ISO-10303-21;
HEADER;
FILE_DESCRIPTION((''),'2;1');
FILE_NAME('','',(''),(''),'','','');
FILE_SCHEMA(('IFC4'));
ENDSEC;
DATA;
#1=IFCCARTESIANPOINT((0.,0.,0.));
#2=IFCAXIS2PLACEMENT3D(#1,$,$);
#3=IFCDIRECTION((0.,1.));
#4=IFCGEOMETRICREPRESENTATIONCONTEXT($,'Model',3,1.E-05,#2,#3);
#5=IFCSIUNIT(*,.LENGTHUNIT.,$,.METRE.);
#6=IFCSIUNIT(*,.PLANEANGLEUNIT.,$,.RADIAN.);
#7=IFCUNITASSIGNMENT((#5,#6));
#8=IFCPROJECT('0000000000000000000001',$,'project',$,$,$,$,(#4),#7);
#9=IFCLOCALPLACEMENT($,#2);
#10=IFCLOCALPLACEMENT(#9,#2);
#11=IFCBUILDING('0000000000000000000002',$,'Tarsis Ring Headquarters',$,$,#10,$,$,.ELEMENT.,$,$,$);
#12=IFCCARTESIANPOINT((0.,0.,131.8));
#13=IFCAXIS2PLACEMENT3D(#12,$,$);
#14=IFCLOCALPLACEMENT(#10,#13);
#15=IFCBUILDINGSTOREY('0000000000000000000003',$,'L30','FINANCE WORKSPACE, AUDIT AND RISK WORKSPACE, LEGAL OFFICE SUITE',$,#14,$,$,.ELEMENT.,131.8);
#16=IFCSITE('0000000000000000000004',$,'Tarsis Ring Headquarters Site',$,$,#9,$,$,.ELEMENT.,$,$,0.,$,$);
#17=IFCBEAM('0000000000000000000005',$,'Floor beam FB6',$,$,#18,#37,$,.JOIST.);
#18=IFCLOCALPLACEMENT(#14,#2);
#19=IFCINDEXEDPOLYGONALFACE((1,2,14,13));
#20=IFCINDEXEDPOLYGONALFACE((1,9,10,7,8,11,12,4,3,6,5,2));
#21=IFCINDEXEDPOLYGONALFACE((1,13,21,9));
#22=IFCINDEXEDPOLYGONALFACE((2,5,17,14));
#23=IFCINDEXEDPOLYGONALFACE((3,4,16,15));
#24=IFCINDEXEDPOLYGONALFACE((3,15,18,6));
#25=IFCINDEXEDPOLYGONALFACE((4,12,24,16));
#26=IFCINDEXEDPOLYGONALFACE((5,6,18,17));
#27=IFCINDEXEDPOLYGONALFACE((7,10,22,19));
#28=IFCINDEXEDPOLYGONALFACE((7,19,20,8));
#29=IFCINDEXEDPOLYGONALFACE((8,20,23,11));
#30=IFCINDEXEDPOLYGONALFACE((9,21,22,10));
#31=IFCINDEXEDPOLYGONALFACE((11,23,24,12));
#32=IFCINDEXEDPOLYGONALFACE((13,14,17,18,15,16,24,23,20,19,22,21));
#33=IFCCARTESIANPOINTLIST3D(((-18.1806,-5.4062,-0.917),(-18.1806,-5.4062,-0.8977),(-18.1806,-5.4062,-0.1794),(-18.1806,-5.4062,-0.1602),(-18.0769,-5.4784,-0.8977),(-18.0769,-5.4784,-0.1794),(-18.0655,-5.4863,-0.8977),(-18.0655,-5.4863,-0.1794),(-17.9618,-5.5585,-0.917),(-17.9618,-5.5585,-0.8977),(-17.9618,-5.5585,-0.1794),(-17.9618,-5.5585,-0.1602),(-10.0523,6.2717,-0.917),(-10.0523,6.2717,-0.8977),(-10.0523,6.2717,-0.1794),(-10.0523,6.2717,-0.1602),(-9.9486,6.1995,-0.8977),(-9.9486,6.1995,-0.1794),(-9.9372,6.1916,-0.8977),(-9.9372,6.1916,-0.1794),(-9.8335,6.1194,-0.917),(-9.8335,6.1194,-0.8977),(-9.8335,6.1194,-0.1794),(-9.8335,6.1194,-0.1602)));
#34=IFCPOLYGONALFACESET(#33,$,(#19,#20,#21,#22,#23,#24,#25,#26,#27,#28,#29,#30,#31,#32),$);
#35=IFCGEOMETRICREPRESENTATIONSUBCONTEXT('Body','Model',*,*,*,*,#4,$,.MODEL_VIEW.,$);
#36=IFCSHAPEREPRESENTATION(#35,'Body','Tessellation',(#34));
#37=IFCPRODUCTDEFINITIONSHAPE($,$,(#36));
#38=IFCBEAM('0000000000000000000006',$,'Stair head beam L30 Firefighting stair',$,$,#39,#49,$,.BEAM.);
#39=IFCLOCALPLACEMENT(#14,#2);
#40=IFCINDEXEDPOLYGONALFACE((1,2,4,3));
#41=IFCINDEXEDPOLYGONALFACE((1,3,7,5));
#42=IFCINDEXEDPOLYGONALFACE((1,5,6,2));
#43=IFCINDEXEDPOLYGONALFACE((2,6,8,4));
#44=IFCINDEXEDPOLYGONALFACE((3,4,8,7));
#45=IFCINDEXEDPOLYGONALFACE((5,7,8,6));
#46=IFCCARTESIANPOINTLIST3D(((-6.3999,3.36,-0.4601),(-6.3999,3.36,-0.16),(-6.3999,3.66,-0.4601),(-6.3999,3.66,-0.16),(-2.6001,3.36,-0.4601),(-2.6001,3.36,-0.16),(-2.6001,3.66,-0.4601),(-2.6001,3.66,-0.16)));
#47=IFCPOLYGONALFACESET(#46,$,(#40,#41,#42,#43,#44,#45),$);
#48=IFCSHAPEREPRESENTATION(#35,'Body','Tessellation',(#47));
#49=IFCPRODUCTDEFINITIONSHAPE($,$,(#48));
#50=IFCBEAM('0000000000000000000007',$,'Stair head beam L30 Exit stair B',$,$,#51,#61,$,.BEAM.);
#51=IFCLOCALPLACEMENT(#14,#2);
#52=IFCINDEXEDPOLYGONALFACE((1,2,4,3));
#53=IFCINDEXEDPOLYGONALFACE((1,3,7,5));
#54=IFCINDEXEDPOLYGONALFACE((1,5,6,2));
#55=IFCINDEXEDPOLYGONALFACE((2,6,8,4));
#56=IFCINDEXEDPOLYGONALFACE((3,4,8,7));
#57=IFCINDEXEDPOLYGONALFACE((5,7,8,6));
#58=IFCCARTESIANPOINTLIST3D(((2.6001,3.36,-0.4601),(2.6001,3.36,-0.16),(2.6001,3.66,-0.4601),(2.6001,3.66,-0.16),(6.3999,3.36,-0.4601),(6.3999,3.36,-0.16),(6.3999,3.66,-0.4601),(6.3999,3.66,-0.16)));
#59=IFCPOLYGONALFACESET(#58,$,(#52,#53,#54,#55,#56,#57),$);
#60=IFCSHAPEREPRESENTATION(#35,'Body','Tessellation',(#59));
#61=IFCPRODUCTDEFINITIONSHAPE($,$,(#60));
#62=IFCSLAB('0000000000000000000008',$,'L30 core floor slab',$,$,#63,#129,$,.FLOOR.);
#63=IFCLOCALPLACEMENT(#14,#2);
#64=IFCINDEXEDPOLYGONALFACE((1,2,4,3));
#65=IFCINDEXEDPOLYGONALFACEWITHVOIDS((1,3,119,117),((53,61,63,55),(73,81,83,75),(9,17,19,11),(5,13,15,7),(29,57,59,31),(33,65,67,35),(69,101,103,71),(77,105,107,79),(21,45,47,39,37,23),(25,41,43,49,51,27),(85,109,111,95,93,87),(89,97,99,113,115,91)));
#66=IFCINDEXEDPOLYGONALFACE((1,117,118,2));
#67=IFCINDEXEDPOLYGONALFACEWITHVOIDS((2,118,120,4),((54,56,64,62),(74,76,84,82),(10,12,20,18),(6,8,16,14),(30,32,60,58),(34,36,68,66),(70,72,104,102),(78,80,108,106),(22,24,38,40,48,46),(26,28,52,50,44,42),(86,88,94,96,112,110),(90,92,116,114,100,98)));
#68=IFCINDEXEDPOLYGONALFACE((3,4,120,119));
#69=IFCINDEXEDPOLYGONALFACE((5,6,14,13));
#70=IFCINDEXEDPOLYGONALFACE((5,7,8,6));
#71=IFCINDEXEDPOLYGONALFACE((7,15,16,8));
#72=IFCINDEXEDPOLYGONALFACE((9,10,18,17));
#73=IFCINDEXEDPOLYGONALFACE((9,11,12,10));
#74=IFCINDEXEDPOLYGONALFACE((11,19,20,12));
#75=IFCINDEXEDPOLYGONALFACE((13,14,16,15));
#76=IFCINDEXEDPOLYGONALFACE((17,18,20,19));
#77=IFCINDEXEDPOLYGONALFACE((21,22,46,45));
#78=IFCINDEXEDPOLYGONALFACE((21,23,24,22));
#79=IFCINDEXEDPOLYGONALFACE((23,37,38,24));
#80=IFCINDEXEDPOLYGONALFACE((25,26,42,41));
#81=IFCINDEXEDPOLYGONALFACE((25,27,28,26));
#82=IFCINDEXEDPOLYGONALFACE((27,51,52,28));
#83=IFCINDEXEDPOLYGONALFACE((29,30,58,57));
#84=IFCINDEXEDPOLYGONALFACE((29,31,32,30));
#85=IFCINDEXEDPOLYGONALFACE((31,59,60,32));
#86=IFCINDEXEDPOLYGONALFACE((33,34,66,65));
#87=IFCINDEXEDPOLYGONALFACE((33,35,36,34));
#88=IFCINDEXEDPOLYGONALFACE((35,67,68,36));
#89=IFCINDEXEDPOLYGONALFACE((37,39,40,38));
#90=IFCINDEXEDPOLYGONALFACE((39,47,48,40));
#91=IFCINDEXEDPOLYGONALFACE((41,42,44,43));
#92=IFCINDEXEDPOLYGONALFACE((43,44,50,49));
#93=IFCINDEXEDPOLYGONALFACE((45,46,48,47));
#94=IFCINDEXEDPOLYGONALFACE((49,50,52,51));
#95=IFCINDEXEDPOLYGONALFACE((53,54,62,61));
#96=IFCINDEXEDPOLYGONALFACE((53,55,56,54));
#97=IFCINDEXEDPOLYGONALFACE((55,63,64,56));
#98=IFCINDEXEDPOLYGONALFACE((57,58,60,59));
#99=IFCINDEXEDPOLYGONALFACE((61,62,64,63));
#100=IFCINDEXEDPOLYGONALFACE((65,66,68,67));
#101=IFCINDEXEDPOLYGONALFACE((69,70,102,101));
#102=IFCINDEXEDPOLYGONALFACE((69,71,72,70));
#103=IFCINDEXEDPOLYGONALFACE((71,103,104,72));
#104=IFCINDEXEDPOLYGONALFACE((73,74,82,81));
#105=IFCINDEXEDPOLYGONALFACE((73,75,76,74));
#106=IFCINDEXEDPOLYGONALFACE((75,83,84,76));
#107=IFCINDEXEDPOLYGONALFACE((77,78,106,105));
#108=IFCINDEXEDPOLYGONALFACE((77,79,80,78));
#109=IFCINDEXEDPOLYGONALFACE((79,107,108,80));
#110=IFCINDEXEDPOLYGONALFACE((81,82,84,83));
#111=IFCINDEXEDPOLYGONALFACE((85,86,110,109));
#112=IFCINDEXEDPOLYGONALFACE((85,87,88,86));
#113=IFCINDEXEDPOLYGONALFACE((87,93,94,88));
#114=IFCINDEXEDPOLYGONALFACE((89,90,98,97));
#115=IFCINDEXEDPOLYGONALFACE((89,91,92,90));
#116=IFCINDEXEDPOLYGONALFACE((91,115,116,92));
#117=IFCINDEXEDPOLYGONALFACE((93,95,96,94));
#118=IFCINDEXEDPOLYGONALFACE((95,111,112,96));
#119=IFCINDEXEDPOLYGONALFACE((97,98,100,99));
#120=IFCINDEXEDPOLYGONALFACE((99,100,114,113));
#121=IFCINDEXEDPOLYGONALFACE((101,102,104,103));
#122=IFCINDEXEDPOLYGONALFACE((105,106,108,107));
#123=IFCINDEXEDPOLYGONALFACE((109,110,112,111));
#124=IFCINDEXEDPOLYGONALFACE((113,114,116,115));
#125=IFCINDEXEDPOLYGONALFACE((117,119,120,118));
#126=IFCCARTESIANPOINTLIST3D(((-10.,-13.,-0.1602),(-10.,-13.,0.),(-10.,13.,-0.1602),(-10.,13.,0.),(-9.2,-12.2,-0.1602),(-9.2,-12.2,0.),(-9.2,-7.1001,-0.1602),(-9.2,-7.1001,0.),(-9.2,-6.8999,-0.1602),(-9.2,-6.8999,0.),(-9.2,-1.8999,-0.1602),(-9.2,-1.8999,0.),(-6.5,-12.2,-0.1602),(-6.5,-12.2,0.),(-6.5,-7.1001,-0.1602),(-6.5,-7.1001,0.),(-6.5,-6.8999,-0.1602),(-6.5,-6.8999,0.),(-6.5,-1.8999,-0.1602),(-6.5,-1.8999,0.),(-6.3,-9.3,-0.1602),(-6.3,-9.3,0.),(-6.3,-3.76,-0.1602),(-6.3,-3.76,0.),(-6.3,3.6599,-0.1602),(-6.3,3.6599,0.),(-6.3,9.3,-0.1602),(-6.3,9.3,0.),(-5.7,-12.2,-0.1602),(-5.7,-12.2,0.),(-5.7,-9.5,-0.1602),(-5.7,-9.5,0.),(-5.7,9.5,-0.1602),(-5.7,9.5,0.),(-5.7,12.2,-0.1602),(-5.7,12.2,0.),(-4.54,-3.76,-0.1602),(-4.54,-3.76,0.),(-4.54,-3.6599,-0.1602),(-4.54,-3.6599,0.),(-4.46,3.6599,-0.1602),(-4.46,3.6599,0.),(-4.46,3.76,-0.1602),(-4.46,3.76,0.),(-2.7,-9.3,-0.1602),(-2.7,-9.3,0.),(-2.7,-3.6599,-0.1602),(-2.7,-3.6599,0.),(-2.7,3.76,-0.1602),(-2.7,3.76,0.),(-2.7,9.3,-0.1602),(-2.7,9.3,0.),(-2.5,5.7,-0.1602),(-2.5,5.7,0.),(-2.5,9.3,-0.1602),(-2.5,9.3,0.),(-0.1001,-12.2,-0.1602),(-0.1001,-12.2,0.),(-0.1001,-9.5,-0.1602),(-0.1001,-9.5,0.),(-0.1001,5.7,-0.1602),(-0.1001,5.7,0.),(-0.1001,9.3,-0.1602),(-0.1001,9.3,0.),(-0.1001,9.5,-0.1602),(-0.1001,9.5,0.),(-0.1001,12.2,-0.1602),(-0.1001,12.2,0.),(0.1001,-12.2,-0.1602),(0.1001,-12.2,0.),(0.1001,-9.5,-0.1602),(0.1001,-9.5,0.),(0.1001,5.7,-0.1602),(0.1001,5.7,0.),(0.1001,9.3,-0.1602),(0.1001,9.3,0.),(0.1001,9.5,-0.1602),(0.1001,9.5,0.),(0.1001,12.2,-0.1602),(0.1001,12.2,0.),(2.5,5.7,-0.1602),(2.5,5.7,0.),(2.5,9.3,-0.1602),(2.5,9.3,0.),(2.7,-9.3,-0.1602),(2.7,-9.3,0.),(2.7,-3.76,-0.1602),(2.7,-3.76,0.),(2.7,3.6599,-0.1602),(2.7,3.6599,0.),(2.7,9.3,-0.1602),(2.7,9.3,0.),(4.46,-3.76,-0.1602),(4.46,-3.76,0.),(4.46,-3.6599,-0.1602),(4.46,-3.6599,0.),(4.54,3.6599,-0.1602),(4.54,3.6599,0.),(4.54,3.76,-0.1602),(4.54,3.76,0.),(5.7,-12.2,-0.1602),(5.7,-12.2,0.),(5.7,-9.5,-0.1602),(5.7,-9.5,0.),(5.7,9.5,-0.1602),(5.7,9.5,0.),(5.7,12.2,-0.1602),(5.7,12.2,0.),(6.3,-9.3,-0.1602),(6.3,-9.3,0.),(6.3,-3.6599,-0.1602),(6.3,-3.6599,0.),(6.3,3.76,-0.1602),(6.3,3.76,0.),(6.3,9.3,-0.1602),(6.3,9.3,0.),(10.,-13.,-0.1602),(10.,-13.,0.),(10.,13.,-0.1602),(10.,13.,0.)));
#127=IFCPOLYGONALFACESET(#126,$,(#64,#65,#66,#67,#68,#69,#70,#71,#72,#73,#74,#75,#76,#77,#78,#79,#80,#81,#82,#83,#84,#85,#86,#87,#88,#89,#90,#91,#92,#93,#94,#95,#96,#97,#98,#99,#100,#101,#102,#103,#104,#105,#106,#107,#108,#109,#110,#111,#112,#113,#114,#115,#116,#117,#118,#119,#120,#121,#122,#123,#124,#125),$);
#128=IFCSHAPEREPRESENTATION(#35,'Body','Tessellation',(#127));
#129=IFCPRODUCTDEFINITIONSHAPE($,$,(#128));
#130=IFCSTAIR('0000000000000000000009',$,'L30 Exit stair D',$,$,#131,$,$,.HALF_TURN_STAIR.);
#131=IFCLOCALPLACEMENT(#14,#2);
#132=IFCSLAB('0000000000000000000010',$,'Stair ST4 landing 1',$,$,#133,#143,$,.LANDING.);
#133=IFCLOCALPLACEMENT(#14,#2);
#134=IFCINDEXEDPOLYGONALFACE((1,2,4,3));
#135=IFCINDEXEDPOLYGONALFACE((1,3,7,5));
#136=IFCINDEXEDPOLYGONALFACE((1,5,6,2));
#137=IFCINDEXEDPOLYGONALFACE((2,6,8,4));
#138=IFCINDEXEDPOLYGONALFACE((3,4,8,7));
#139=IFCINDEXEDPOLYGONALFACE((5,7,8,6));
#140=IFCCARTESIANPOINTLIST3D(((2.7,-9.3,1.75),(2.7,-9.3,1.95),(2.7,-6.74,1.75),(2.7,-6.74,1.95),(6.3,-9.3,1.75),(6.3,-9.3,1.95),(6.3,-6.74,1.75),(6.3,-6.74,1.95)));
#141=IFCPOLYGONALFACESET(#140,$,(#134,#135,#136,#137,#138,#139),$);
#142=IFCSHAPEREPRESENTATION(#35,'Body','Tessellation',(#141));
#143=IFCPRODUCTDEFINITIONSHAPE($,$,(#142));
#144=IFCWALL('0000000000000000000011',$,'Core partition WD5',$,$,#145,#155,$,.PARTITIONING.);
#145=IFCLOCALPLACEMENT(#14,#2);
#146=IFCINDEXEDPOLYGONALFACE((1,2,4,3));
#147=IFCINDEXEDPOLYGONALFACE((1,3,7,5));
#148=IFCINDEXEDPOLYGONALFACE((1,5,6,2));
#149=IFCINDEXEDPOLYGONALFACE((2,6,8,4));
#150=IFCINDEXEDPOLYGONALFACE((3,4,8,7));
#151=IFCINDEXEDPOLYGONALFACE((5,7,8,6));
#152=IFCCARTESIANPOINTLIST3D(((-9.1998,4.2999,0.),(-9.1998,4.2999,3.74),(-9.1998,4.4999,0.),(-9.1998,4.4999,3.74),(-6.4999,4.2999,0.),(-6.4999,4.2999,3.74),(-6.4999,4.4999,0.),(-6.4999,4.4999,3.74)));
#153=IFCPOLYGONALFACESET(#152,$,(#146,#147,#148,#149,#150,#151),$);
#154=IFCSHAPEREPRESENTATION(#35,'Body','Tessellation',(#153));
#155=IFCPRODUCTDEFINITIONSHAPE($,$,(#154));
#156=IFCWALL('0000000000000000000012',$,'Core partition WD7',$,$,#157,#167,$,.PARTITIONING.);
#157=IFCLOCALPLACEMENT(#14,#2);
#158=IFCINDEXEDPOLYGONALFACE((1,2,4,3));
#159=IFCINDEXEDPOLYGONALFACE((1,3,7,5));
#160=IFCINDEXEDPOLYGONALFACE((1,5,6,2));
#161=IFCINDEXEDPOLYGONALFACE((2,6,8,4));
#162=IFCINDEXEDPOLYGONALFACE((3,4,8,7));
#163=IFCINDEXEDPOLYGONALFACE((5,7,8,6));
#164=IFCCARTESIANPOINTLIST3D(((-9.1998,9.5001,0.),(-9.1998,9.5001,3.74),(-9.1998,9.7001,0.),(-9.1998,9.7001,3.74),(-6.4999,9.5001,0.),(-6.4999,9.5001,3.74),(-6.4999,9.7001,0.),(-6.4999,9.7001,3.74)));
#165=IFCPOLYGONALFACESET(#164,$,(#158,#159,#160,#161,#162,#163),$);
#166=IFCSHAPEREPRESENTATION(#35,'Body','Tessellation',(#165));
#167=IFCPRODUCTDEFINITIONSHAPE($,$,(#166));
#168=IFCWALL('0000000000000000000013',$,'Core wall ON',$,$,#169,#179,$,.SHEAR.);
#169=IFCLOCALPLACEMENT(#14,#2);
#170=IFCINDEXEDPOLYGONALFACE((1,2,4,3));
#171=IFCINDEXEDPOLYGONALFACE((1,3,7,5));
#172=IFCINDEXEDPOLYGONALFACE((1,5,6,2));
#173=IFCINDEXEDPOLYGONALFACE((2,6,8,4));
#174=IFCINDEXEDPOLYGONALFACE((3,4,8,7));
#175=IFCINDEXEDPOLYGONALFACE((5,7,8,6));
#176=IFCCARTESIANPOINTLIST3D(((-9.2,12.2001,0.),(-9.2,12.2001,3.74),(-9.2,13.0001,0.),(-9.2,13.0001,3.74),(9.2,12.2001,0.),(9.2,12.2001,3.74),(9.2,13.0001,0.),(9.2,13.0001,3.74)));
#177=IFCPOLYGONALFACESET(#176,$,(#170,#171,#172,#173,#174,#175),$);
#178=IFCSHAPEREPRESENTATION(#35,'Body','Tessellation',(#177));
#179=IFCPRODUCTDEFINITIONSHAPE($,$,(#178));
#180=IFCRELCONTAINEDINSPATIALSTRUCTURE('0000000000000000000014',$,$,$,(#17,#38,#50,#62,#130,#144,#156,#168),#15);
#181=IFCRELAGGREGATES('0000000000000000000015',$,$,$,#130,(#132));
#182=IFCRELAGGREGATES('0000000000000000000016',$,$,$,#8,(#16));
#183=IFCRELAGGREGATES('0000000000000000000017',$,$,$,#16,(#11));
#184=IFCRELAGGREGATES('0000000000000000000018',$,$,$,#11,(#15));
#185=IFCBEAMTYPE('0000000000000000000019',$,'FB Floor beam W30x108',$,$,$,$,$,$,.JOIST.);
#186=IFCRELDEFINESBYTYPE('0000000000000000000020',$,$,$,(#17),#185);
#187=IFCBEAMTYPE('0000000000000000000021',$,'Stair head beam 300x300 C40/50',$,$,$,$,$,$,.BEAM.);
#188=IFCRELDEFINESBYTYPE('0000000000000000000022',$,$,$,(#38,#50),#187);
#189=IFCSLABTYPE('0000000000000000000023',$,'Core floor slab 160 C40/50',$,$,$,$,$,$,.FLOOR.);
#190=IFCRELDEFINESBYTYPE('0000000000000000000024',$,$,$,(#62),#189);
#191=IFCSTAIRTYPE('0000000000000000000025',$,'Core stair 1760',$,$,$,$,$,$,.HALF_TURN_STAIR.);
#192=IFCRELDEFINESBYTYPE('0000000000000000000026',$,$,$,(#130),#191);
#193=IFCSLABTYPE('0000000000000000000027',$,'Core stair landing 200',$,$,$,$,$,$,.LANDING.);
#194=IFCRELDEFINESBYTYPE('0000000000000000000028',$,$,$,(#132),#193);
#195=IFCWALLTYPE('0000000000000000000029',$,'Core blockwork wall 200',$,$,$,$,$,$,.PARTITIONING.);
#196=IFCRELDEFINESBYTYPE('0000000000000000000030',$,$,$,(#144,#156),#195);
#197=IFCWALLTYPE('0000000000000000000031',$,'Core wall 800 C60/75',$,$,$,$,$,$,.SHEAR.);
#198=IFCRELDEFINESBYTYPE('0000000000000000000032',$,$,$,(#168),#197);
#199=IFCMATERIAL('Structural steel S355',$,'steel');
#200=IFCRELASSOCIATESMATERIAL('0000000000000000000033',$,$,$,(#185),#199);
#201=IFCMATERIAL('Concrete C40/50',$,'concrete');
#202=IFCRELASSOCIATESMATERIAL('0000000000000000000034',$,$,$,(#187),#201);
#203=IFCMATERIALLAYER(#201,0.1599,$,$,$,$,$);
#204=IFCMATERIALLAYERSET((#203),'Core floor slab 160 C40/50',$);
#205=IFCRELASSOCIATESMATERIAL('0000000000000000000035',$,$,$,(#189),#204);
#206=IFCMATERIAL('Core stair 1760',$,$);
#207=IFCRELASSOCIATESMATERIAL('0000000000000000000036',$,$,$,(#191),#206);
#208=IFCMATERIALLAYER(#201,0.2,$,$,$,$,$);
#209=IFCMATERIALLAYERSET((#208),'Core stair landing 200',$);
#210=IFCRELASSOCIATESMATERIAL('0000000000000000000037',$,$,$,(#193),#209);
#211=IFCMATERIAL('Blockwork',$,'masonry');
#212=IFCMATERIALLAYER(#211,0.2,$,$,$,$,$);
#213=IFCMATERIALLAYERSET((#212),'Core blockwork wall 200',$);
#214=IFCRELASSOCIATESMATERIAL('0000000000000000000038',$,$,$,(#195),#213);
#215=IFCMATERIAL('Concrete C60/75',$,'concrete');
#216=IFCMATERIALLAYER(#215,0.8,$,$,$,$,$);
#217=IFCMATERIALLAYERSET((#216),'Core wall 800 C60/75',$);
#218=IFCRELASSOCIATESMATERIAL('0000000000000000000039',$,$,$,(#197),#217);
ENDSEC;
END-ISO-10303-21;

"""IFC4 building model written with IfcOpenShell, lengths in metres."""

from ifc_helpers import new_model, si_unit, direction, frame, frame_2d, origin, origin_2d, place, context, subcontext, project, spatial, polyline, rectangle, i_section, outline, extrude, material, layer, layer_set, material_profile, profile_set, type_object, element, aggregate, save


model = new_model("IFC4")

# Units and contexts
model_context = context("Model", 3, precision=1e-05, world=origin(), true_north=direction((0.0, 1.0)))
body_context = subcontext(model_context, "Body", "Model", "MODEL_VIEW")
ifc_project = project(units=[si_unit("LENGTHUNIT", "METRE"), si_unit("PLANEANGLEUNIT", "RADIAN")], contexts=[model_context])

# Site, building, storey
site_placement = place(None, origin())
site = spatial("IfcSite", under=ifc_project, at=site_placement, Name="Tarsis Ring Headquarters Site", CompositionType="ELEMENT", RefElevation=0.0)
building_placement = place(site_placement, origin())
building = spatial("IfcBuilding", under=site, at=building_placement, Name="Tarsis Ring Headquarters", CompositionType="ELEMENT")
storey_placement = place(building_placement, frame((0.0, 0.0, 131.8)))
storey = spatial("IfcBuildingStorey", under=building, at=storey_placement, Name="L30", Description="FINANCE WORKSPACE, AUDIT AND RISK WORKSPACE, LEGAL OFFICE SUITE", CompositionType="ELEMENT", Elevation=131.8)

# Beams
ifc_material_1 = material(Name="Structural steel S355", Category="steel")
ifc_material_profile_1 = material_profile(ifc_material_1, i_section(OverallWidth=0.2666, OverallDepth=0.7568, WebThickness=0.0139, FlangeThickness=0.0193, at=origin_2d()), Name="W30x108")
ifc_profile_set_1 = profile_set([ifc_material_profile_1], Name="Structural steel S355")
beam_type_1 = type_object("IfcBeamType", Name="FB Floor beam W30x108", PredefinedType="JOIST", material=ifc_profile_set_1)
beam_placement = place(storey_placement, frame((-9.9429, 6.1956, -0.5386), z_axis=(-0.571283, -0.820753, 0.0), x_axis=(0.820753, -0.571283, 0.0)))
element("IfcBeam", 1, at=beam_placement, inside=storey, type_object=beam_type_1, Name="Floor beam FB6", PredefinedType="JOIST", context=body_context, shape_type="SweptSolid", body=[
    extrude(i_section(OverallWidth=0.2666, OverallDepth=0.7568, WebThickness=0.0139, FlangeThickness=0.0193, at=origin_2d()), origin(), (0.0, 0.0, 1.0), 14.2283),
])
ifc_material_2 = material(Name="Concrete C40/50", Category="concrete")
ifc_material_profile_2 = material_profile(ifc_material_2, rectangle(XDim=0.3, YDim=0.3, at=origin_2d()), Name="Stair head beam 300x300 C40/50")
ifc_profile_set_2 = profile_set([ifc_material_profile_2], Name="Concrete C40/50")
beam_type_2 = type_object("IfcBeamType", Name="Stair head beam 300x300 C40/50", PredefinedType="BEAM", material=ifc_profile_set_2)
for number, where, z_axis, x_axis, name in (
    (2, (-6.3999, 3.51, -0.3101), (1.0, 0.0, 0.0), (0.0, 1.0, 0.0), "Stair head beam L30 Firefighting stair"),
    (3, (2.6001, 3.51, -0.3101), (1.0, 0.0, 0.0), (0.0, 1.0, 0.0), "Stair head beam L30 Exit stair B"),
):
    element("IfcBeam", number, at=place(storey_placement, frame(where, z_axis=z_axis, x_axis=x_axis)), inside=storey, type_object=beam_type_2, Name=name, PredefinedType="BEAM", context=body_context, shape_type="SweptSolid", body=[
        extrude(rectangle(XDim=0.3, YDim=0.3, at=origin_2d()), origin(), (0.0, 0.0, 1.0), 3.7998),
    ])

# Slab
ifc_layer_1 = layer(ifc_material_2, 0.1599)
ifc_layer_set_1 = layer_set([ifc_layer_1], Name="Core floor slab 160 C40/50")
slab_type_1 = type_object("IfcSlabType", Name="Core floor slab 160 C40/50", PredefinedType="FLOOR", material=ifc_layer_set_1)
slab_1_placement = place(storey_placement, frame((0.0, 0.0, -0.1602)))
element("IfcSlab", 4, at=slab_1_placement, inside=storey, type_object=slab_type_1, Name="L30 core floor slab", PredefinedType="FLOOR", context=body_context, shape_type="SweptSolid", body=[
    extrude(outline(polyline([(-10.0, -13.0), (10.0, -13.0), (10.0, 13.0), (-10.0, 13.0), (-10.0, -13.0)]), holes=[polyline([(-2.5, 5.7), (-0.1001, 5.7), (-0.1001, 9.3), (-2.5, 9.3), (-2.5, 5.7)]), polyline([(0.1001, 5.7), (2.5, 5.7), (2.5, 9.3), (0.1001, 9.3), (0.1001, 5.7)]), polyline([(-9.2, -12.2), (-6.5, -12.2), (-6.5, -7.1001), (-9.2, -7.1001), (-9.2, -12.2)]), polyline([(-9.2, -6.8999), (-6.5, -6.8999), (-6.5, -1.8999), (-9.2, -1.8999), (-9.2, -6.8999)]), polyline([(-5.7, 9.5), (-0.1001, 9.5), (-0.1001, 12.2), (-5.7, 12.2), (-5.7, 9.5)]), polyline([(0.1001, 9.5), (5.7, 9.5), (5.7, 12.2), (0.1001, 12.2), (0.1001, 9.5)]), polyline([(-5.7, -12.2), (-0.1001, -12.2), (-0.1001, -9.5), (-5.7, -9.5), (-5.7, -12.2)]), polyline([(0.1001, -12.2), (5.7, -12.2), (5.7, -9.5), (0.1001, -9.5), (0.1001, -12.2)]), polyline([(-2.7, 3.76), (-2.7, 9.3), (-6.3, 9.3), (-6.3, 3.6599), (-4.46, 3.6599), (-4.46, 3.76), (-2.7, 3.76)]), polyline([(6.3, 3.76), (6.3, 9.3), (2.7, 9.3), (2.7, 3.6599), (4.54, 3.6599), (4.54, 3.76), (6.3, 3.76)]), polyline([(-6.3, -3.76), (-6.3, -9.3), (-2.7, -9.3), (-2.7, -3.6599), (-4.54, -3.6599), (-4.54, -3.76), (-6.3, -3.76)]), polyline([(2.7, -3.76), (2.7, -9.3), (6.3, -9.3), (6.3, -3.6599), (4.46, -3.6599), (4.46, -3.76), (2.7, -3.76)])]), origin(), (0.0, 0.0, 1.0), 0.1602),
])

# Stair, slab
ifc_material_3 = material(Name="Core stair 1760")
stair_type = type_object("IfcStairType", Name="Core stair 1760", PredefinedType="HALF_TURN_STAIR", material=ifc_material_3)
stair_placement = place(storey_placement, origin())
stair = element("IfcStair", 5, at=stair_placement, inside=storey, type_object=stair_type, Name="L30 Exit stair D", PredefinedType="HALF_TURN_STAIR")
ifc_layer_2 = layer(ifc_material_2, 0.2)
ifc_layer_set_2 = layer_set([ifc_layer_2], Name="Core stair landing 200")
slab_type_2 = type_object("IfcSlabType", Name="Core stair landing 200", PredefinedType="LANDING", material=ifc_layer_set_2)
slab_2_placement = place(storey_placement, frame((0.0, 0.0, 1.75)))
slab_2 = element("IfcSlab", 6, at=slab_2_placement, type_object=slab_type_2, Name="Stair ST4 landing 1", PredefinedType="LANDING", context=body_context, shape_type="SweptSolid", body=[
    extrude(outline(polyline([(2.7, -6.74), (2.7, -9.3), (6.3, -9.3), (6.3, -6.74), (2.7, -6.74)])), origin(), (0.0, 0.0, 1.0), 0.2),
])
aggregate(stair, [slab_2])

# Walls
ifc_material_4 = material(Name="Blockwork", Category="masonry")
ifc_layer_3 = layer(ifc_material_4, 0.2)
ifc_layer_set_3 = layer_set([ifc_layer_3], Name="Core blockwork wall 200")
wall_type_1 = type_object("IfcWallType", Name="Core blockwork wall 200", PredefinedType="PARTITIONING", material=ifc_layer_set_3)
for number, where, z_axis, x_axis, name in (
    (7, (-9.2, 4.3999, 0.0), (0.0, 0.0, 1.0), (1.0, 0.0, 0.0), "Core partition WD5"),
    (8, (-9.2, 9.6001, 0.0), (0.0, 0.0, 1.0), (1.0, 0.0, 0.0), "Core partition WD7"),
):
    element("IfcWall", number, at=place(storey_placement, frame(where, z_axis=z_axis, x_axis=x_axis)), inside=storey, type_object=wall_type_1, Name=name, PredefinedType="PARTITIONING", context=body_context, shape_type="SweptSolid", body=[
        extrude(rectangle(XDim=2.7, YDim=0.2, at=frame_2d((1.3501, 0.0))), origin(), (0.0, 0.0, 1.0), 3.74),
    ])
ifc_material_5 = material(Name="Concrete C60/75", Category="concrete")
ifc_layer_4 = layer(ifc_material_5, 0.8)
ifc_layer_set_4 = layer_set([ifc_layer_4], Name="Core wall 800 C60/75")
wall_type_2 = type_object("IfcWallType", Name="Core wall 800 C60/75", PredefinedType="SHEAR", material=ifc_layer_set_4)
wall_1_placement = place(storey_placement, frame((-9.2, 12.6001, 0.0), z_axis=(0.0, 0.0, 1.0), x_axis=(1.0, 0.0, 0.0)))
element("IfcWall", 9, at=wall_1_placement, inside=storey, type_object=wall_type_2, Name="Core wall ON", PredefinedType="SHEAR", context=body_context, shape_type="SweptSolid", body=[
    extrude(rectangle(XDim=18.3999, YDim=0.8, at=frame_2d((9.2, 0.0))), origin(), (0.0, 0.0, 1.0), 3.74),
])

save(model, "model.ifc")
